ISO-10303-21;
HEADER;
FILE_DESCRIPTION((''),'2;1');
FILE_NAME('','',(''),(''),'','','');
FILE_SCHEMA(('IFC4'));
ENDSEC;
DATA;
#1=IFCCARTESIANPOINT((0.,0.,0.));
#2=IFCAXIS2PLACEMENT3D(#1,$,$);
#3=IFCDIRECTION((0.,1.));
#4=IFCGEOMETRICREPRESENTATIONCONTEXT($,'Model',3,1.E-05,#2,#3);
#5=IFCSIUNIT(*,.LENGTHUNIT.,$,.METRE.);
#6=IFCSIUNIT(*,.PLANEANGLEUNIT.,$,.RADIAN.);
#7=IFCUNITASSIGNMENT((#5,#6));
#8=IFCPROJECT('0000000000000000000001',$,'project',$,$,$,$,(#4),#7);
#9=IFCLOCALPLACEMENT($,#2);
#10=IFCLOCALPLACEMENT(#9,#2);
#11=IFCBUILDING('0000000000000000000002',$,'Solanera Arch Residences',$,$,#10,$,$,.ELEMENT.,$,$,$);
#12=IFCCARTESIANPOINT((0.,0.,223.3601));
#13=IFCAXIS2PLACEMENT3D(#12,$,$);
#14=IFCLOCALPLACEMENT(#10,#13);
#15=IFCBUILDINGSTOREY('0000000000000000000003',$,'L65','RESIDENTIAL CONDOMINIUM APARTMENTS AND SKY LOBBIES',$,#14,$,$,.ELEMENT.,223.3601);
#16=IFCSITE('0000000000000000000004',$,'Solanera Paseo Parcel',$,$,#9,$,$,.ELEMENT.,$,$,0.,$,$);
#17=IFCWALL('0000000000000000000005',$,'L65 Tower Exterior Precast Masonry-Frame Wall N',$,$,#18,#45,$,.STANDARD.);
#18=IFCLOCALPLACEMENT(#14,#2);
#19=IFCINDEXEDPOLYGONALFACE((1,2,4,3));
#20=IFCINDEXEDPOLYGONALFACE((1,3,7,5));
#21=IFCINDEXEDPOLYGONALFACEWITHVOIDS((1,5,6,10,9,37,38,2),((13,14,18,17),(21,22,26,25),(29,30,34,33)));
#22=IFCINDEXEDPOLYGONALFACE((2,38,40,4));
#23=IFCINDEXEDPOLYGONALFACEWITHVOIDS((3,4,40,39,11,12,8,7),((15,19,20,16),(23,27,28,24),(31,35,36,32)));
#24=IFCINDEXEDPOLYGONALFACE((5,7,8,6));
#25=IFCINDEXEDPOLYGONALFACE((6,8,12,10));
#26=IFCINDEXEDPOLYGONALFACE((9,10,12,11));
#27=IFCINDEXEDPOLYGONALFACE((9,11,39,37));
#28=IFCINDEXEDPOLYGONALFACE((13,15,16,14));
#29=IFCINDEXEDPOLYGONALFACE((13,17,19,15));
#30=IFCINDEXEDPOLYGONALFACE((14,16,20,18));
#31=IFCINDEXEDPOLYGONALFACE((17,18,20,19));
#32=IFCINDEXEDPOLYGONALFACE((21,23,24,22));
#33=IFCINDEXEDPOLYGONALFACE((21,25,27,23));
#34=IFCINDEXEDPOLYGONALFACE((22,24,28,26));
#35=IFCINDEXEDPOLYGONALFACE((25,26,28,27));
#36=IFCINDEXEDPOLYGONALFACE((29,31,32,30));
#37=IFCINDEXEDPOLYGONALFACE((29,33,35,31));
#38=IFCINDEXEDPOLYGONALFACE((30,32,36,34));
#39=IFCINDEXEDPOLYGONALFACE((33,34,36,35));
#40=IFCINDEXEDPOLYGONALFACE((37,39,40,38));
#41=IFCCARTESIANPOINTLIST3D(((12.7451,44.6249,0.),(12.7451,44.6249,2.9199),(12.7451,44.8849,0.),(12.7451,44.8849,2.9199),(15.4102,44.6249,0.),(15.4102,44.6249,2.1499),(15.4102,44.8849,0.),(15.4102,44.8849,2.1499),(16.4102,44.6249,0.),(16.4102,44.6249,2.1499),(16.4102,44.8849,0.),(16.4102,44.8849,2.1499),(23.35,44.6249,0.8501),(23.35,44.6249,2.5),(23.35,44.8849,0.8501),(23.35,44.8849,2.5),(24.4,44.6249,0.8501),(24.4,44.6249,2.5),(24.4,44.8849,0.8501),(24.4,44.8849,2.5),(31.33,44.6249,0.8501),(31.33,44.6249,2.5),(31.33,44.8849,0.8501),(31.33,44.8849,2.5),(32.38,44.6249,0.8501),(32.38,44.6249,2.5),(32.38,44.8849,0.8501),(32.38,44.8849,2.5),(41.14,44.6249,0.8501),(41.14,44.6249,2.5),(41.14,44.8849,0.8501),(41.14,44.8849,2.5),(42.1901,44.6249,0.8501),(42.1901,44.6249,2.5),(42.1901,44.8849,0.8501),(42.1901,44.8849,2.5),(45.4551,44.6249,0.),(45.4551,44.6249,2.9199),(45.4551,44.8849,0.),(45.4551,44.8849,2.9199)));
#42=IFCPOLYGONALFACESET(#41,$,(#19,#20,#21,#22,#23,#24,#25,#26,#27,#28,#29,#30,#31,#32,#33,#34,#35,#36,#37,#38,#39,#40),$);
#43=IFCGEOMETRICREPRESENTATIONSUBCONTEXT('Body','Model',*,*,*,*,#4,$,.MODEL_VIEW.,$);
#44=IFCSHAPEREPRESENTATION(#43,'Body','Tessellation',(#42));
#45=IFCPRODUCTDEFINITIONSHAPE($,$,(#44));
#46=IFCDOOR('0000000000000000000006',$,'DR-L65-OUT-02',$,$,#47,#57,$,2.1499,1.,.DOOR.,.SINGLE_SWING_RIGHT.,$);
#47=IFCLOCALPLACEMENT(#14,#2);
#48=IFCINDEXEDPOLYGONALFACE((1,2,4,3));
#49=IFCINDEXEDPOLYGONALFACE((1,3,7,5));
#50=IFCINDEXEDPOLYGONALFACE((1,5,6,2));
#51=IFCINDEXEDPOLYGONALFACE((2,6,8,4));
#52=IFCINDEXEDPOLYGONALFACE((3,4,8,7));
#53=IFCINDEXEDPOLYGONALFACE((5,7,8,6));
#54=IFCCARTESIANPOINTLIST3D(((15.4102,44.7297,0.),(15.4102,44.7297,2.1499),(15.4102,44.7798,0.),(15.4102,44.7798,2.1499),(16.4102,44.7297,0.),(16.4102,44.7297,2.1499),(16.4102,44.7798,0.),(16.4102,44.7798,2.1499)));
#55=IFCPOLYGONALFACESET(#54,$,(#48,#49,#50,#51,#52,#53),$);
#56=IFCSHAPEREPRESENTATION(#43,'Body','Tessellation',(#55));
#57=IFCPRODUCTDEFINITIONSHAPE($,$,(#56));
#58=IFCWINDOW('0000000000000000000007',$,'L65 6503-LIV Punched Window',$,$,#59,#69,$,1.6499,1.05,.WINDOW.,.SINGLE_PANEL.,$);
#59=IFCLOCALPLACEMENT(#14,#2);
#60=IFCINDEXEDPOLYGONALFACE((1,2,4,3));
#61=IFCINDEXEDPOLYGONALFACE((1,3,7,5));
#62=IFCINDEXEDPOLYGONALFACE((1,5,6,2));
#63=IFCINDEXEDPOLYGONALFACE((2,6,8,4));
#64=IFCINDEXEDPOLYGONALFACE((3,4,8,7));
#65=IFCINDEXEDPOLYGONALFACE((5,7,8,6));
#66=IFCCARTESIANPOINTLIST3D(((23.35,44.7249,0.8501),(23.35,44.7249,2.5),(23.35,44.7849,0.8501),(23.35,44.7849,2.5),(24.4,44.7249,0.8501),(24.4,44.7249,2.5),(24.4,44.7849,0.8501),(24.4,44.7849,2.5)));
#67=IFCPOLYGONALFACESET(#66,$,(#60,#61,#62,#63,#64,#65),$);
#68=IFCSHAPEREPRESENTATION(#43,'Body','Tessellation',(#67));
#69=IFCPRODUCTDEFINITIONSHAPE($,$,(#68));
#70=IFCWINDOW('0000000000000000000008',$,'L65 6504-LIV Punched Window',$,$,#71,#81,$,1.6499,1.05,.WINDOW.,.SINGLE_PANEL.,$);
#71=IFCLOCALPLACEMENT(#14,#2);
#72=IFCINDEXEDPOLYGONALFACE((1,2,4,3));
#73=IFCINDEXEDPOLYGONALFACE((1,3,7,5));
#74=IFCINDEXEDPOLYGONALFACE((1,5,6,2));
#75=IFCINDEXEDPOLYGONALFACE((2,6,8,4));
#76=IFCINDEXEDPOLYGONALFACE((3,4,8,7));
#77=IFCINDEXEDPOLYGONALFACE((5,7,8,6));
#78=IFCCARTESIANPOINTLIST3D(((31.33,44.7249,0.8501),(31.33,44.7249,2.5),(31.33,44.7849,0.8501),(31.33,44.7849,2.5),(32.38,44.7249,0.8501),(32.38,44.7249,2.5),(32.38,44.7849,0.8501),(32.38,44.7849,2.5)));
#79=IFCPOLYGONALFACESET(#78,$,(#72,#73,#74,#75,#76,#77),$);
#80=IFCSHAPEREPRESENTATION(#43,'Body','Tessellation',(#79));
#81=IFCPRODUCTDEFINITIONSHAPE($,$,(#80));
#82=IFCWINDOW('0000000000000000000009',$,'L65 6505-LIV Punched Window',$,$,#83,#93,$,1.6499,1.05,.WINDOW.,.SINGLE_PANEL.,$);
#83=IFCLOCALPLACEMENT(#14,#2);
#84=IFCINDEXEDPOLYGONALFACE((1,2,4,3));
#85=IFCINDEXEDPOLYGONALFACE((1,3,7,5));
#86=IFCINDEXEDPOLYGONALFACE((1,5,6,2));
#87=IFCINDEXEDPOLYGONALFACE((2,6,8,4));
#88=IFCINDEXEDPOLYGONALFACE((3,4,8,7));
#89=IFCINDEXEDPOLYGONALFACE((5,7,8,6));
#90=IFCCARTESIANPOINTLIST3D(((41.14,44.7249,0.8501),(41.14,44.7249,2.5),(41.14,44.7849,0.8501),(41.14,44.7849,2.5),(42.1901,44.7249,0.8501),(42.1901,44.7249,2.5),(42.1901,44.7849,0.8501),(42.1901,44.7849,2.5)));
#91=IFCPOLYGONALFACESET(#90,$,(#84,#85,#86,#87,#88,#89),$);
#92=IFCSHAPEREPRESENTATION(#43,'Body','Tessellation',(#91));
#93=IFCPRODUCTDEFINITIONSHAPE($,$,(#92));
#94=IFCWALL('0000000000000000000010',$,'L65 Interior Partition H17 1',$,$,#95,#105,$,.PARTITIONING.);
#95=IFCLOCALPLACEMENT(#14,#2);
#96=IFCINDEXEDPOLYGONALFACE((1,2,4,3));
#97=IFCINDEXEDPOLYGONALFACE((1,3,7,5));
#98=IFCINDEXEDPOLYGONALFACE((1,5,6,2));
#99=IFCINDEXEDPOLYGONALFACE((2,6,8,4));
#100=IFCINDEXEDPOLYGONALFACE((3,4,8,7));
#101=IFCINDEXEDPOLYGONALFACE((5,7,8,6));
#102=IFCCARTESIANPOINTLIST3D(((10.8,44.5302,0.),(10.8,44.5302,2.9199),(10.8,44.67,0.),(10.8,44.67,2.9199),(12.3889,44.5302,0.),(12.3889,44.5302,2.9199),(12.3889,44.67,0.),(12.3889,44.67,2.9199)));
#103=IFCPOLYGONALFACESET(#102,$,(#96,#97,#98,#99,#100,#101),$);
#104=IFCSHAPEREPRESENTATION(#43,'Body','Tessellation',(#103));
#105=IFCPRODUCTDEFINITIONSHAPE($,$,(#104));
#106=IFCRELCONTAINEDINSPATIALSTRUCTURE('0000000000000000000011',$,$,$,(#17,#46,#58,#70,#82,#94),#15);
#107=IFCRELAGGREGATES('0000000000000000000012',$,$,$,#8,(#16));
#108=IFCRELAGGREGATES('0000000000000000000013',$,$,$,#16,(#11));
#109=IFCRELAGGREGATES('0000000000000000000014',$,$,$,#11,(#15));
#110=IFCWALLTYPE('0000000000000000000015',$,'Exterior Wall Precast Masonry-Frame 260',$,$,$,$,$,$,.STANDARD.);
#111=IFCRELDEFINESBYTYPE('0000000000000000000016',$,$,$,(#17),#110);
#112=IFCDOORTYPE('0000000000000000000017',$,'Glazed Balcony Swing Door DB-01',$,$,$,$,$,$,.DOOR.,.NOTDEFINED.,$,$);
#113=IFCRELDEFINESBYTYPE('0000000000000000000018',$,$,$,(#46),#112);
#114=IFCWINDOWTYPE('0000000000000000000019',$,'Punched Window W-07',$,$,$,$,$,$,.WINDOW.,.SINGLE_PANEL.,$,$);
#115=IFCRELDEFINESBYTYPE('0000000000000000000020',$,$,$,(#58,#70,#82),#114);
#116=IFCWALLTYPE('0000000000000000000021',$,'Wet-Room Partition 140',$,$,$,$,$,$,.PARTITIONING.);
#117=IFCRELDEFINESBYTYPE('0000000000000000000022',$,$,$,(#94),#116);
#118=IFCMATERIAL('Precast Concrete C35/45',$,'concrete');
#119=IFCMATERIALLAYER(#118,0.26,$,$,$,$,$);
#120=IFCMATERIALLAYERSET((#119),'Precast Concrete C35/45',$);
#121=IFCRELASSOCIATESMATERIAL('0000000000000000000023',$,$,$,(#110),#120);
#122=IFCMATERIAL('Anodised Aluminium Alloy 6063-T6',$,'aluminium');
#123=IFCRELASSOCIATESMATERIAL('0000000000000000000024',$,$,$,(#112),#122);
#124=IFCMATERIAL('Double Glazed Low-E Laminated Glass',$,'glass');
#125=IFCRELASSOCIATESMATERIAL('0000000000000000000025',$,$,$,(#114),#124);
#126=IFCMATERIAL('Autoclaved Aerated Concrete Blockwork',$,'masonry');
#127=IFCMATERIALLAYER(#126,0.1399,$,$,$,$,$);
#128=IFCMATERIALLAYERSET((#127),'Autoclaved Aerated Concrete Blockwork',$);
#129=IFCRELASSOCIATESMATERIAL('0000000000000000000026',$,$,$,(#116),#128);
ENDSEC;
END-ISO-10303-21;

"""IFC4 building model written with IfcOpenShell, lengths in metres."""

from ifc_helpers import new_model, si_unit, direction, frame, frame_2d, origin, place, context, subcontext, project, spatial, rectangle, extrude, material, layer, layer_set, type_object, element, fill, save


model = new_model("IFC4")

# Units and contexts
model_context = context("Model", 3, precision=1e-05, world=origin(), true_north=direction((0.0, 1.0)))
body_context = subcontext(model_context, "Body", "Model", "MODEL_VIEW")
ifc_project = project(units=[si_unit("LENGTHUNIT", "METRE"), si_unit("PLANEANGLEUNIT", "RADIAN")], contexts=[model_context])

# Site, building, storey
site_placement = place(None, origin())
site = spatial("IfcSite", under=ifc_project, at=site_placement, Name="Solanera Paseo Parcel", CompositionType="ELEMENT", RefElevation=0.0)
building_placement = place(site_placement, origin())
building = spatial("IfcBuilding", under=site, at=building_placement, Name="Solanera Arch Residences", CompositionType="ELEMENT")
storey_placement = place(building_placement, frame((0.0, 0.0, 223.3601)))
storey = spatial("IfcBuildingStorey", under=building, at=storey_placement, Name="L65", Description="RESIDENTIAL CONDOMINIUM APARTMENTS AND SKY LOBBIES", CompositionType="ELEMENT", Elevation=223.3601)

# Shared definitions
ifc_material_1 = material(Name="Precast Concrete C35/45", Category="concrete")
ifc_layer_1 = layer(ifc_material_1, 0.26)
ifc_layer_set_1 = layer_set([ifc_layer_1], Name="Precast Concrete C35/45")
wall_type_1 = type_object("IfcWallType", Name="Exterior Wall Precast Masonry-Frame 260", PredefinedType="STANDARD", material=ifc_layer_set_1)

# Wall, openings, door, windows
wall_1_placement = place(storey_placement, frame((12.7451, 44.7549, 0.0), z_axis=(0.0, 0.0, 1.0), x_axis=(1.0, 0.0, 0.0)))
wall_1 = element("IfcWall", 1, at=wall_1_placement, inside=storey, type_object=wall_type_1, Name="L65 Tower Exterior Precast Masonry-Frame Wall N", PredefinedType="STANDARD", context=body_context, shape_type="SweptSolid", body=[
    extrude(rectangle(XDim=32.71, YDim=0.26, at=frame_2d((16.355, 0.0))), origin(), (0.0, 0.0, 1.0), 2.9199),
])
opening_1_placement = place(wall_1_placement, frame((2.665, 0.0, 0.0)))
opening_1 = element("IfcOpeningElement", 2, at=opening_1_placement, cuts=wall_1, PredefinedType="OPENING", context=body_context, shape_type="SweptSolid", body=[
    extrude(rectangle(XDim=1.0, YDim=2.1499, at=frame_2d((0.5, 1.075))), frame((0.0, 0.1399, 0.0), z_axis=(0.0, -1.0, 0.0), x_axis=(1.0, 0.0, 0.0)), (0.0, 0.0, 1.0), 0.28),
])
opening_2_placement = place(wall_1_placement, frame((10.605, 0.0, 0.8501)))
opening_2 = element("IfcOpeningElement", 3, at=opening_2_placement, cuts=wall_1, PredefinedType="OPENING", context=body_context, shape_type="SweptSolid", body=[
    extrude(rectangle(XDim=1.05, YDim=1.6499, at=frame_2d((0.5249, 0.825))), frame((0.0, 0.1399, 0.0), z_axis=(0.0, -1.0, 0.0), x_axis=(1.0, 0.0, 0.0)), (0.0, 0.0, 1.0), 0.28),
])
opening_3_placement = place(wall_1_placement, frame((18.585, 0.0, 0.8501)))
opening_3 = element("IfcOpeningElement", 4, at=opening_3_placement, cuts=wall_1, PredefinedType="OPENING", context=body_context, shape_type="SweptSolid", body=[
    extrude(rectangle(XDim=1.05, YDim=1.6499, at=frame_2d((0.5249, 0.825))), frame((0.0, 0.1399, 0.0), z_axis=(0.0, -1.0, 0.0), x_axis=(1.0, 0.0, 0.0)), (0.0, 0.0, 1.0), 0.28),
])
opening_4_placement = place(wall_1_placement, frame((28.395, 0.0, 0.8501)))
opening_4 = element("IfcOpeningElement", 5, at=opening_4_placement, cuts=wall_1, PredefinedType="OPENING", context=body_context, shape_type="SweptSolid", body=[
    extrude(rectangle(XDim=1.05, YDim=1.6499, at=frame_2d((0.5249, 0.825))), frame((0.0, 0.1399, 0.0), z_axis=(0.0, -1.0, 0.0), x_axis=(1.0, 0.0, 0.0)), (0.0, 0.0, 1.0), 0.28),
])
ifc_material_2 = material(Name="Anodised Aluminium Alloy 6063-T6", Category="aluminium")
door_type_1 = type_object("IfcDoorType", Name="Glazed Balcony Swing Door DB-01", OperationType="NOTDEFINED", PredefinedType="DOOR", material=ifc_material_2)
door_1_placement = place(opening_1_placement, origin())
door_1 = element("IfcDoor", 6, at=door_1_placement, inside=storey, type_object=door_type_1, Name="DR-L65-OUT-02", OperationType="SINGLE_SWING_RIGHT", OverallHeight=2.1499, OverallWidth=1.0, PredefinedType="DOOR", context=body_context, shape_type="SweptSolid", body=[
    extrude(rectangle(XDim=1.0, YDim=2.1499, at=frame_2d((0.5, 1.075))), frame((0.0, 0.0249, 0.0), z_axis=(0.0, -1.0, 0.0), x_axis=(1.0, 0.0, 0.0)), (0.0, 0.0, 1.0), 0.05),
])
fill(opening_1, door_1)
ifc_material_3 = material(Name="Double Glazed Low-E Laminated Glass", Category="glass")
window_type = type_object("IfcWindowType", Name="Punched Window W-07", PartitioningType="SINGLE_PANEL", PredefinedType="WINDOW", material=ifc_material_3)
window_1_placement = place(opening_2_placement, origin())
window_1 = element("IfcWindow", 7, at=window_1_placement, inside=storey, type_object=window_type, Name="L65 6503-LIV Punched Window", OverallHeight=1.6499, OverallWidth=1.05, PartitioningType="SINGLE_PANEL", PredefinedType="WINDOW", context=body_context, shape_type="SweptSolid", body=[
    extrude(rectangle(XDim=1.05, YDim=1.6499, at=frame_2d((0.5249, 0.825))), frame((0.0, 0.03, 0.0), z_axis=(0.0, -1.0, 0.0), x_axis=(1.0, 0.0, 0.0)), (0.0, 0.0, 1.0), 0.0601),
])
fill(opening_2, window_1)
window_2_placement = place(opening_3_placement, origin())
window_2 = element("IfcWindow", 8, at=window_2_placement, inside=storey, type_object=window_type, Name="L65 6504-LIV Punched Window", OverallHeight=1.6499, OverallWidth=1.05, PartitioningType="SINGLE_PANEL", PredefinedType="WINDOW", context=body_context, shape_type="SweptSolid", body=[
    extrude(rectangle(XDim=1.05, YDim=1.6499, at=frame_2d((0.5249, 0.825))), frame((0.0, 0.03, 0.0), z_axis=(0.0, -1.0, 0.0), x_axis=(1.0, 0.0, 0.0)), (0.0, 0.0, 1.0), 0.0601),
])
fill(opening_3, window_2)
window_3_placement = place(opening_4_placement, origin())
window_3 = element("IfcWindow", 9, at=window_3_placement, inside=storey, type_object=window_type, Name="L65 6505-LIV Punched Window", OverallHeight=1.6499, OverallWidth=1.05, PartitioningType="SINGLE_PANEL", PredefinedType="WINDOW", context=body_context, shape_type="SweptSolid", body=[
    extrude(rectangle(XDim=1.05, YDim=1.6499, at=frame_2d((0.5249, 0.825))), frame((0.0, 0.03, 0.0), z_axis=(0.0, -1.0, 0.0), x_axis=(1.0, 0.0, 0.0)), (0.0, 0.0, 1.0), 0.0601),
])
fill(opening_4, window_3)

# Wall
ifc_material_4 = material(Name="Autoclaved Aerated Concrete Blockwork", Category="masonry")
ifc_layer_2 = layer(ifc_material_4, 0.1399)
ifc_layer_set_2 = layer_set([ifc_layer_2], Name="Autoclaved Aerated Concrete Blockwork")
wall_type_2 = type_object("IfcWallType", Name="Wet-Room Partition 140", PredefinedType="PARTITIONING", material=ifc_layer_set_2)
wall_2_placement = place(storey_placement, frame((10.8, 44.6001, 0.0), z_axis=(0.0, 0.0, 1.0), x_axis=(1.0, 0.0, 0.0)))
element("IfcWall", 10, at=wall_2_placement, inside=storey, type_object=wall_type_2, Name="L65 Interior Partition H17 1", PredefinedType="PARTITIONING", context=body_context, shape_type="SweptSolid", body=[
    extrude(rectangle(XDim=1.5889, YDim=0.1399, at=frame_2d((0.7944, 0.0))), origin(), (0.0, 0.0, 1.0), 2.9199),
])

save(model, "model.ifc")
